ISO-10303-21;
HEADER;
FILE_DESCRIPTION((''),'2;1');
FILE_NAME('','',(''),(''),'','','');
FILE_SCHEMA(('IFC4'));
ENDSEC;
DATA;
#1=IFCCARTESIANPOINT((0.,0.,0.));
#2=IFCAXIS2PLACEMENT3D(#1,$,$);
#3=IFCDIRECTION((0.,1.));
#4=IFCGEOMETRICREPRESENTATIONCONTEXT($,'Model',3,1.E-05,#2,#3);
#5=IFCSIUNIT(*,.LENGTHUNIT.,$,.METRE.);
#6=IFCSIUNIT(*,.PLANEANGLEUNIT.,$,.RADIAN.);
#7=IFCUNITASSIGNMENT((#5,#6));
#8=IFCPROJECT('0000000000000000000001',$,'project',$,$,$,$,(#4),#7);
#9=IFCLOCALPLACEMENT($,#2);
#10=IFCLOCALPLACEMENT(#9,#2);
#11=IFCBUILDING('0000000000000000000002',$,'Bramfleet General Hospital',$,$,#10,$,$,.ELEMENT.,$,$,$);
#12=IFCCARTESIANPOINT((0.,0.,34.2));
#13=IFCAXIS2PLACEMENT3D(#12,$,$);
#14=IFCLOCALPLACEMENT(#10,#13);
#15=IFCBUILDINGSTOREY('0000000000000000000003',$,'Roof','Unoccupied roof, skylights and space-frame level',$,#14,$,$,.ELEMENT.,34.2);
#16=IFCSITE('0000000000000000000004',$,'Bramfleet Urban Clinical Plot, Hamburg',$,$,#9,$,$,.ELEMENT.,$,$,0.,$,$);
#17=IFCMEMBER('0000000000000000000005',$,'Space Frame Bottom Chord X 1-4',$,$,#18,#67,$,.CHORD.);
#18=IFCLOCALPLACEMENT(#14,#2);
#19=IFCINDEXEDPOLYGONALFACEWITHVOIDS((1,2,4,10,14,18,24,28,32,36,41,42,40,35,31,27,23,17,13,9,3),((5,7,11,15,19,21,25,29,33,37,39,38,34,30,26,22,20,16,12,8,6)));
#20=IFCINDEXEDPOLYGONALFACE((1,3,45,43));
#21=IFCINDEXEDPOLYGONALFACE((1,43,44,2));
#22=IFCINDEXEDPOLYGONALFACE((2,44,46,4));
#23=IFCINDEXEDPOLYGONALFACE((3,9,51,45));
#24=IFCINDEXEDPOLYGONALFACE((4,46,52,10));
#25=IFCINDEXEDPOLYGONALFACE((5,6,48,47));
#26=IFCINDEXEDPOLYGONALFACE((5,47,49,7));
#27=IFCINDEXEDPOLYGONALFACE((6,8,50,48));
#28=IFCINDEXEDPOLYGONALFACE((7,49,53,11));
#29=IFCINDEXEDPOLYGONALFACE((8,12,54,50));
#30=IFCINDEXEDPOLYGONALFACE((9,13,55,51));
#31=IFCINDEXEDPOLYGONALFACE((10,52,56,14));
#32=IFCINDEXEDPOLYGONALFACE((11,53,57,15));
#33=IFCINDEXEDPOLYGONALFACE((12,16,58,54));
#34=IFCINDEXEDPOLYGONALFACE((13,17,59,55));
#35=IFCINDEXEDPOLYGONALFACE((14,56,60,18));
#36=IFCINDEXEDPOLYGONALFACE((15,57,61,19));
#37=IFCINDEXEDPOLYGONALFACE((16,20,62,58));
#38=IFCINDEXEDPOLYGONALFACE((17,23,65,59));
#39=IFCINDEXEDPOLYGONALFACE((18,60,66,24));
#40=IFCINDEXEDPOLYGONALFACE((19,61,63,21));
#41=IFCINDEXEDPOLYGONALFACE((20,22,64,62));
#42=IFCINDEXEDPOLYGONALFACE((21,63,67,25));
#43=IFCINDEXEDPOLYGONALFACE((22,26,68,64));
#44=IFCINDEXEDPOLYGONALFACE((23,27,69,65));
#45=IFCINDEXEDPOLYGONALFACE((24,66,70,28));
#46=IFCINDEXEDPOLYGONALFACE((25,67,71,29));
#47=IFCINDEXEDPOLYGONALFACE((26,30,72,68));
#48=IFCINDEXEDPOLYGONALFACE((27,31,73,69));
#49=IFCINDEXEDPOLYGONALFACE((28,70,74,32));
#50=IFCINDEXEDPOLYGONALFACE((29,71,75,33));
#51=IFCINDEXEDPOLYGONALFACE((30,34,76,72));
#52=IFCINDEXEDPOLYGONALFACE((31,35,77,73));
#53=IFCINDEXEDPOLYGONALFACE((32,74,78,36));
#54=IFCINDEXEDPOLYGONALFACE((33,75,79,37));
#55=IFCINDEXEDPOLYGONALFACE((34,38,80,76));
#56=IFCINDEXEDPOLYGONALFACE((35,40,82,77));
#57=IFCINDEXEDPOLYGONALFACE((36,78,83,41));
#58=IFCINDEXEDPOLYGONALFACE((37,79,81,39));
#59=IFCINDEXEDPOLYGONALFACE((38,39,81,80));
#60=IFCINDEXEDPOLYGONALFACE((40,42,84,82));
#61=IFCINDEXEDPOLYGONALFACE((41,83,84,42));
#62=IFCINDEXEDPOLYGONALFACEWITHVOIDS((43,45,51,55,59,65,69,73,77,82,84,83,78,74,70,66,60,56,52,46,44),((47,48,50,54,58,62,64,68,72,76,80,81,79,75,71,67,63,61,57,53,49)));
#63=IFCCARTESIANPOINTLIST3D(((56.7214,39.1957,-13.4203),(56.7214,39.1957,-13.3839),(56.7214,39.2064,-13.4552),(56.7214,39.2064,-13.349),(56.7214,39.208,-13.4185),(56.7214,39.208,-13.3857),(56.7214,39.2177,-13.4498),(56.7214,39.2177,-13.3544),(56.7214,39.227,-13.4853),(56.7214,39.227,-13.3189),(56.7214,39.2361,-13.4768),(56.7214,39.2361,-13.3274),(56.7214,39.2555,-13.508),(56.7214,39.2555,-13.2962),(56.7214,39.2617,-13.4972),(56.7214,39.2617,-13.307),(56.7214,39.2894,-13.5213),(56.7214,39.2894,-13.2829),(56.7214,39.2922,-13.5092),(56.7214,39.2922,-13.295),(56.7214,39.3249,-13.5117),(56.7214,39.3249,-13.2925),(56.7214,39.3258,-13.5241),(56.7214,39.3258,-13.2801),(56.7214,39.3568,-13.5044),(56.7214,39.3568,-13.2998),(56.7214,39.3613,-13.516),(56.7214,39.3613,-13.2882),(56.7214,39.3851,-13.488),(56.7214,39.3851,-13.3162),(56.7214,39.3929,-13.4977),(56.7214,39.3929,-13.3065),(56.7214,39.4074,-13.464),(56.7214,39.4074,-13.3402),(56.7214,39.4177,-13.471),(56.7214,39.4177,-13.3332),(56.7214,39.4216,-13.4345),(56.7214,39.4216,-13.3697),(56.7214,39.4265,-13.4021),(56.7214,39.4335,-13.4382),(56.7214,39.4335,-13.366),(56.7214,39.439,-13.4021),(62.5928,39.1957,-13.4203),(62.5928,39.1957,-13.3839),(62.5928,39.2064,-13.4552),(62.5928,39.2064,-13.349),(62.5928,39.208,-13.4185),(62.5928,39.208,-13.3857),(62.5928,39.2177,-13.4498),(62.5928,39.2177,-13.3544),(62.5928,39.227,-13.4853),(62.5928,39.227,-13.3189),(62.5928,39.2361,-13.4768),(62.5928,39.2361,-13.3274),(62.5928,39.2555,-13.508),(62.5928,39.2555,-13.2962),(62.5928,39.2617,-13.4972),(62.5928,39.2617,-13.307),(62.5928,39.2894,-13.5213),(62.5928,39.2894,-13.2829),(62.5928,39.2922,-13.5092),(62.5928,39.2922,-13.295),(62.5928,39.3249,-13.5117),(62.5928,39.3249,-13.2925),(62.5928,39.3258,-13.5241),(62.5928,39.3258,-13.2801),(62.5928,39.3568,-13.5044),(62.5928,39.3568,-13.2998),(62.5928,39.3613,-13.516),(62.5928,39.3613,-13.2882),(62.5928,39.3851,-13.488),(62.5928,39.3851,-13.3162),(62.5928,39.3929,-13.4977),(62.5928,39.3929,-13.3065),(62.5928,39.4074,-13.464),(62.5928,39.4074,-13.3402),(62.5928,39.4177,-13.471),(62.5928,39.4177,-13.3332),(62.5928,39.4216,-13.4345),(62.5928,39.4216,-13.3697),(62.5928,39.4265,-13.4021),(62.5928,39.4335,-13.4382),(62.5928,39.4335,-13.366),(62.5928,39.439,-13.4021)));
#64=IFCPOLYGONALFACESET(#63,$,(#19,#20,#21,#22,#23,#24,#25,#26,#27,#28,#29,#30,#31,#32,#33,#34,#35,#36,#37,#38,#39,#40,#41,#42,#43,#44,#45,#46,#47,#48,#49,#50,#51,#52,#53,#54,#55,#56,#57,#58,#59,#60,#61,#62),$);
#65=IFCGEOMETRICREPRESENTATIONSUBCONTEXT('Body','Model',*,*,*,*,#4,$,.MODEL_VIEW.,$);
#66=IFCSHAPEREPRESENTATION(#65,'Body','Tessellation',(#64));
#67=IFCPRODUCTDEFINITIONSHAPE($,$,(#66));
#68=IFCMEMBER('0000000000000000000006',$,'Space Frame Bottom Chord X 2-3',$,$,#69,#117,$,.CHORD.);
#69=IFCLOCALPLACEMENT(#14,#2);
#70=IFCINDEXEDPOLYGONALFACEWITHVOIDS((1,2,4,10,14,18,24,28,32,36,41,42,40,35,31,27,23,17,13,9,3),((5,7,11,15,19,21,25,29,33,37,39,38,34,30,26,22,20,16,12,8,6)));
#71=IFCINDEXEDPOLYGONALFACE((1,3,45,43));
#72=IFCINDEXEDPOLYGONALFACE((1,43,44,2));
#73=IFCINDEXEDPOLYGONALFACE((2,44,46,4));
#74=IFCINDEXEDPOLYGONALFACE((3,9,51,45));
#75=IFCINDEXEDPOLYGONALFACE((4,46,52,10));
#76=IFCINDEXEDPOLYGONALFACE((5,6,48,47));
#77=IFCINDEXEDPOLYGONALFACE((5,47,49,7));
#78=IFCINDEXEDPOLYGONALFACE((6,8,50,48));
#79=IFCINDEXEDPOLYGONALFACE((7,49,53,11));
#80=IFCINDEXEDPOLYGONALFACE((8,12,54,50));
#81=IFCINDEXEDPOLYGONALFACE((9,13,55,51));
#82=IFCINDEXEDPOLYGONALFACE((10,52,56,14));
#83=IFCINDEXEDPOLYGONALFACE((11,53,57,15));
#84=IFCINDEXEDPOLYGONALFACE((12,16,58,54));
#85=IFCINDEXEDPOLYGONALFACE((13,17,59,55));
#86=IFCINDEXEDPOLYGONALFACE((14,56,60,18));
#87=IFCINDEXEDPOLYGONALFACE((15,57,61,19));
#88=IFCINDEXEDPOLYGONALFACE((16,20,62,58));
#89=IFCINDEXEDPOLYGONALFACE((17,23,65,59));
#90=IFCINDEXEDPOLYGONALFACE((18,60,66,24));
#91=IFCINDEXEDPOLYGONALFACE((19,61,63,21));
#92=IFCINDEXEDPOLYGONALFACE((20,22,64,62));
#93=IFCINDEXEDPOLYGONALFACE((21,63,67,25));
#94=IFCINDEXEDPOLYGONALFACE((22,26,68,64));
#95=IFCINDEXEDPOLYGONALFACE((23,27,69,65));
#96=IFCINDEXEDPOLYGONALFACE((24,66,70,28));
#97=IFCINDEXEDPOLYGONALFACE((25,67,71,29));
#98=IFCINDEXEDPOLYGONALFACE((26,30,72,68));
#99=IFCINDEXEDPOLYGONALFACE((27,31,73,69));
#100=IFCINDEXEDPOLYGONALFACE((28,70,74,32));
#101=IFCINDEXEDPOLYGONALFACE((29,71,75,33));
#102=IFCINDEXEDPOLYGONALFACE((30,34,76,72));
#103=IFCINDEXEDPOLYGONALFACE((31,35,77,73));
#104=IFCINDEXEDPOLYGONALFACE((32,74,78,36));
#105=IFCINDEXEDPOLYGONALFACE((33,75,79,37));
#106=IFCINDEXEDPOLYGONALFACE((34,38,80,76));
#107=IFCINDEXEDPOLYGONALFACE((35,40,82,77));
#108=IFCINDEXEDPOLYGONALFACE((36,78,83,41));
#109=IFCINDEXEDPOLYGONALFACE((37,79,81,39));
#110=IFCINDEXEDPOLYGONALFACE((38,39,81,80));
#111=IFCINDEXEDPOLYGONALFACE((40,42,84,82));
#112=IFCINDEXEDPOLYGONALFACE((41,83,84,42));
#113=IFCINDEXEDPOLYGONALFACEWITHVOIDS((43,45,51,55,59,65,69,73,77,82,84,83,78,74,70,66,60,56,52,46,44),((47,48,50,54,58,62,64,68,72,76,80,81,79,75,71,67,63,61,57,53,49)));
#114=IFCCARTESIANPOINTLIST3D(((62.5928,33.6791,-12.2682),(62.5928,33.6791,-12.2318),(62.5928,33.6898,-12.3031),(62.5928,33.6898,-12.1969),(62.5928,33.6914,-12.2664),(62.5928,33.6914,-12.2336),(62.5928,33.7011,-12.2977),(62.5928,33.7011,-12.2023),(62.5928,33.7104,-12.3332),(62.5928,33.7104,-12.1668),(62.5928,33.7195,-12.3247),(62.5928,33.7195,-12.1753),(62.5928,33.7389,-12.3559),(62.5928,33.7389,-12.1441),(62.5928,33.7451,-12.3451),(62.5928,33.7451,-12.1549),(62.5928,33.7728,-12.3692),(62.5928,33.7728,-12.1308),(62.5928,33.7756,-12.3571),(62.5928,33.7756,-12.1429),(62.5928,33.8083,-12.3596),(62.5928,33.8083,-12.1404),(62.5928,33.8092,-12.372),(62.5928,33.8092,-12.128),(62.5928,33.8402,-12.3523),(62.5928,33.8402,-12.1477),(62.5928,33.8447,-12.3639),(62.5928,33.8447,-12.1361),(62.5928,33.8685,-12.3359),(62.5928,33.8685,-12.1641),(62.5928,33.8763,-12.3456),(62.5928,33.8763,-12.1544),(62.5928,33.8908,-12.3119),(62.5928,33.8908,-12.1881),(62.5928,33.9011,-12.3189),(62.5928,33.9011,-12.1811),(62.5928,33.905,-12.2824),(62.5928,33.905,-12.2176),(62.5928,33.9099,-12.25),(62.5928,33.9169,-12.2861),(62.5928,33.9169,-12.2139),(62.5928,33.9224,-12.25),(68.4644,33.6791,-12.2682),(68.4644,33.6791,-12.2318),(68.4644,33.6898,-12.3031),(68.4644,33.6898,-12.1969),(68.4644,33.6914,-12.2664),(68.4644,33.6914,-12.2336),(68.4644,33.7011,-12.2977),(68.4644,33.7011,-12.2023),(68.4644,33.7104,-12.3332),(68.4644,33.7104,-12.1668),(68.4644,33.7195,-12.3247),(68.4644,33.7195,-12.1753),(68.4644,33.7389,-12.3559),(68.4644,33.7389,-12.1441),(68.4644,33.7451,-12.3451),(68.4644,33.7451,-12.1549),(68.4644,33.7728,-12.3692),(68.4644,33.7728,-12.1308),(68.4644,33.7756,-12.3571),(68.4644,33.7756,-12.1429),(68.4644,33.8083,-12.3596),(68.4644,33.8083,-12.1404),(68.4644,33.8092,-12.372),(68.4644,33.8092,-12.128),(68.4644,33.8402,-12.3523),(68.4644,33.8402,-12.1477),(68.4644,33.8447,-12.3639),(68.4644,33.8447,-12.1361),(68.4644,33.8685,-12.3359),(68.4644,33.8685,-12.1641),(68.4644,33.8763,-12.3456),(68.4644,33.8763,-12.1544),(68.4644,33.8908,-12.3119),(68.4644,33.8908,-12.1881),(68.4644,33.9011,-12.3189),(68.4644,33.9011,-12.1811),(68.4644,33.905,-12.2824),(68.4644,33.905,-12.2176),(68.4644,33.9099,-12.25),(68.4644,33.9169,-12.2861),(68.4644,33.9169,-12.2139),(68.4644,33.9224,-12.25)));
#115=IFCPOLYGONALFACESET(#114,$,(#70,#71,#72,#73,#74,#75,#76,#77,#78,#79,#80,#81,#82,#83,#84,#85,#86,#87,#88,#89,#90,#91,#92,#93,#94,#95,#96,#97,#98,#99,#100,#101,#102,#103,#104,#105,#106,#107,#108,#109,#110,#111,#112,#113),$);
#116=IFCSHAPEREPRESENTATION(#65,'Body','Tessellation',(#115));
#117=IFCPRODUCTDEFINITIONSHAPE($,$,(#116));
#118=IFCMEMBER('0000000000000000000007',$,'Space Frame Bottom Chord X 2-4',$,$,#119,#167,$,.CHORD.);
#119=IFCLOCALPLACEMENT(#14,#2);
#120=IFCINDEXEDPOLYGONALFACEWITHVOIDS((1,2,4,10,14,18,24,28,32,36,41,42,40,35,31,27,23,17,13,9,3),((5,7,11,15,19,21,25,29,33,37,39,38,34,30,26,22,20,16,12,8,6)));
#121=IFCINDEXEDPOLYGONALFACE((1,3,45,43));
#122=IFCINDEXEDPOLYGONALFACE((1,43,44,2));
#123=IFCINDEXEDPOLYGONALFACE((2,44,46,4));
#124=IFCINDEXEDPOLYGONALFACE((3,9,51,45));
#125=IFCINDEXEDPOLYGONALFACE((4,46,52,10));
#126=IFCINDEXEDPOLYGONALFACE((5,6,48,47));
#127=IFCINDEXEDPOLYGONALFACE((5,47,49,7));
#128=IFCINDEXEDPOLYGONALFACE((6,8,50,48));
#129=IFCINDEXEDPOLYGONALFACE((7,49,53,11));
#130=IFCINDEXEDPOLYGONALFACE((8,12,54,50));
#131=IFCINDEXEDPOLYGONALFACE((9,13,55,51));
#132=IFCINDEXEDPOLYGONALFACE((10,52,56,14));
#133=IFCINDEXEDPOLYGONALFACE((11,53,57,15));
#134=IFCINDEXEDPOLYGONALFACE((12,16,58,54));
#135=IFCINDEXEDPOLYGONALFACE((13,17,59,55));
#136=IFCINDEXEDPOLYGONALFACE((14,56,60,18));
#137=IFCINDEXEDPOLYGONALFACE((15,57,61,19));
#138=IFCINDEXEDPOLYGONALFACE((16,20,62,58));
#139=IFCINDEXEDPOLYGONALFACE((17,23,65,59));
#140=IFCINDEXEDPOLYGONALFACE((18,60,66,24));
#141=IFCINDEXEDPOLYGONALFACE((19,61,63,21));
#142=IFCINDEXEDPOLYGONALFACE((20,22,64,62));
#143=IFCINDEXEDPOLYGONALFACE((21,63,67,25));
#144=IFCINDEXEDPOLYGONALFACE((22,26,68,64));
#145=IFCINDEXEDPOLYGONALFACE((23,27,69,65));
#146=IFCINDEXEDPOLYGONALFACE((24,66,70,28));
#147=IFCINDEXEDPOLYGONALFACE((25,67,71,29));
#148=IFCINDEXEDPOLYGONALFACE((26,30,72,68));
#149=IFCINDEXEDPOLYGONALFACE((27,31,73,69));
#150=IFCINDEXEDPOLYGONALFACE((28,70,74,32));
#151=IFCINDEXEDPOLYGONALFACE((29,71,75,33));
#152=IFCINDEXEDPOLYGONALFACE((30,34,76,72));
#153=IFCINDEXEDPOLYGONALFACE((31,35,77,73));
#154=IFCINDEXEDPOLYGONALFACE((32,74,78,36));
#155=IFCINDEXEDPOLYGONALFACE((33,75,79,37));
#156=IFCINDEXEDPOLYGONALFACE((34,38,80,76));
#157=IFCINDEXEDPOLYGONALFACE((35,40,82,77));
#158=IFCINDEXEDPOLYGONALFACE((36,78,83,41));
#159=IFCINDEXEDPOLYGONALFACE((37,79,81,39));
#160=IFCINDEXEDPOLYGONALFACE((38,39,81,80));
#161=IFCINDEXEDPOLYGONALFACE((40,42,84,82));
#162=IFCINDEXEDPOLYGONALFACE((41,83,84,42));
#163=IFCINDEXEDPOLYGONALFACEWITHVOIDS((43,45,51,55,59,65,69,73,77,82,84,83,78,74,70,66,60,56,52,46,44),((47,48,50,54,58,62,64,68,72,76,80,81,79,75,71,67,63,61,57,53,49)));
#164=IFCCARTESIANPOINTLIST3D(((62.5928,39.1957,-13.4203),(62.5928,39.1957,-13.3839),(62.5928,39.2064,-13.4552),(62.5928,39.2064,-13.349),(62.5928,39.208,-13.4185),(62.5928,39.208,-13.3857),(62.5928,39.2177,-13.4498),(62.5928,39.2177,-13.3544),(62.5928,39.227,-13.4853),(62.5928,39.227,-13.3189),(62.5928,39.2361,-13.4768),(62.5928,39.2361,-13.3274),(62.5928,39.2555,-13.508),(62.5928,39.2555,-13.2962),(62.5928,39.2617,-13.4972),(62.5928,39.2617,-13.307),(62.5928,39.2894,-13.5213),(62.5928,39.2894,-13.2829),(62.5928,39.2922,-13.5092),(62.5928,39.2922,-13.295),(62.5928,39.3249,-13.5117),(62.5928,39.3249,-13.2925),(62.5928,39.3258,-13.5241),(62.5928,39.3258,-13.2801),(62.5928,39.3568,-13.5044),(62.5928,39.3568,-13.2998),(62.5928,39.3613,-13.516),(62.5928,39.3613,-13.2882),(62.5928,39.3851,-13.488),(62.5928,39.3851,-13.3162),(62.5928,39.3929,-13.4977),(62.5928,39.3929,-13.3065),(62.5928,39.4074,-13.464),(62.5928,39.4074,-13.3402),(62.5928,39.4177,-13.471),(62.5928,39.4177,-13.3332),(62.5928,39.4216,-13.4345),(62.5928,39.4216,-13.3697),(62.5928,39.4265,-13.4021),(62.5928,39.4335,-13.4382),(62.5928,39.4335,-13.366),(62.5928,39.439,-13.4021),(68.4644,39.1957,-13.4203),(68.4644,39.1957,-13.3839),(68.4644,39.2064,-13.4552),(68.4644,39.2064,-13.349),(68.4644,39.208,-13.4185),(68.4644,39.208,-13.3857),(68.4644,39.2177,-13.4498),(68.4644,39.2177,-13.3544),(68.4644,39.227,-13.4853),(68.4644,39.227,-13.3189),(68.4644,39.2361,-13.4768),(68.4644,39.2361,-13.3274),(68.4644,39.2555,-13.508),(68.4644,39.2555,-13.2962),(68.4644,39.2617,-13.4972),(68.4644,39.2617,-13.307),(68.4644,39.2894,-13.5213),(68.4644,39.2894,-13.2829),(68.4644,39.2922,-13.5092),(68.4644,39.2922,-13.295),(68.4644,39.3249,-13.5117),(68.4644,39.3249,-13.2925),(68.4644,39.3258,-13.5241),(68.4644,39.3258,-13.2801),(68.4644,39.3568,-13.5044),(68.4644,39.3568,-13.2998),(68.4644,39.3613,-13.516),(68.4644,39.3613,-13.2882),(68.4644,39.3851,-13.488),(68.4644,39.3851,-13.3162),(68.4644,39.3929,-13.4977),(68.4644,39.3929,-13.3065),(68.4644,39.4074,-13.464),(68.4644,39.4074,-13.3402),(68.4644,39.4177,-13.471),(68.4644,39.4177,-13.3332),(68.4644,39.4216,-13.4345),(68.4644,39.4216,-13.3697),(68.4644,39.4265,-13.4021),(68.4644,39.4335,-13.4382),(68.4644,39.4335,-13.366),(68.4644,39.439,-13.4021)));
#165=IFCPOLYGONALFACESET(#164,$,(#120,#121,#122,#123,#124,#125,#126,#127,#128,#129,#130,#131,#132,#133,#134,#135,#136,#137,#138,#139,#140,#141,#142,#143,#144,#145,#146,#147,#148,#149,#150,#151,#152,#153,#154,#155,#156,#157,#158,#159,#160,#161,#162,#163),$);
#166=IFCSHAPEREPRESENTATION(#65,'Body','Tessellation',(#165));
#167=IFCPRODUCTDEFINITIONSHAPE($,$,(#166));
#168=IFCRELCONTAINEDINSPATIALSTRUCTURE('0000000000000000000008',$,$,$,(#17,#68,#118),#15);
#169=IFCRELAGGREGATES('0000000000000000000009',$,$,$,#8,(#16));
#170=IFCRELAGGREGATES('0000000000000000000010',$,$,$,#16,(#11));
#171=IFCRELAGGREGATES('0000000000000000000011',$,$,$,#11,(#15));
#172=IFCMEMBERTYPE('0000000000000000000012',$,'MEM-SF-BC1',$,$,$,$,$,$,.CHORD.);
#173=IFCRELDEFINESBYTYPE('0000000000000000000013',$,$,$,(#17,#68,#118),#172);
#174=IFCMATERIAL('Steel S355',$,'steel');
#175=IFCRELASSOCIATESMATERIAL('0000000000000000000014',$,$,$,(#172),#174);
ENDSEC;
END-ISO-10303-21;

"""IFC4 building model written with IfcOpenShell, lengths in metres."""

from ifc_helpers import new_model, si_unit, direction, frame, origin, origin_2d, place, context, subcontext, project, spatial, hollow_circle, extrude, material, material_profile, profile_set, type_object, element, save


model = new_model("IFC4")

# Units and contexts
model_context = context("Model", 3, precision=1e-05, world=origin(), true_north=direction((0.0, 1.0)))
body_context = subcontext(model_context, "Body", "Model", "MODEL_VIEW")
ifc_project = project(units=[si_unit("LENGTHUNIT", "METRE"), si_unit("PLANEANGLEUNIT", "RADIAN")], contexts=[model_context])

# Site, building, storey
site_placement = place(None, origin())
site = spatial("IfcSite", under=ifc_project, at=site_placement, Name="Bramfleet Urban Clinical Plot, Hamburg", CompositionType="ELEMENT", RefElevation=0.0)
building_placement = place(site_placement, origin())
building = spatial("IfcBuilding", under=site, at=building_placement, Name="Bramfleet General Hospital", CompositionType="ELEMENT")
storey_placement = place(building_placement, frame((0.0, 0.0, 34.2)))
storey = spatial("IfcBuildingStorey", under=building, at=storey_placement, Name="Roof", Description="Unoccupied roof, skylights and space-frame level", CompositionType="ELEMENT", Elevation=34.2)

# Members
ifc_material = material(Name="Steel S355", Category="steel")
ifc_material_profile_1 = material_profile(ifc_material, hollow_circle(Radius=0.1223, WallThickness=0.0125, at=origin_2d()), Name="CHS 244.5x12.5")
ifc_profile_set_1 = profile_set([ifc_material_profile_1], Name="Steel S355")
member_type_1 = type_object("IfcMemberType", Name="MEM-SF-BC1", PredefinedType="CHORD", material=ifc_profile_set_1)
member_1_placement = place(storey_placement, frame((56.7214, 39.3167, -13.4021), z_axis=(1.0, 0.0, 0.0), x_axis=(0.0, 1.0, 0.0)))
element("IfcMember", 1, at=member_1_placement, inside=storey, type_object=member_type_1, Name="Space Frame Bottom Chord X 1-4", PredefinedType="CHORD", context=body_context, shape_type="SweptSolid", body=[
    extrude(hollow_circle(Radius=0.1223, WallThickness=0.0125, at=origin_2d()), origin(), (0.0, 0.0, 1.0), 5.8713),
])
for number, where, z_axis, x_axis, name in (
    (2, (62.5928, 33.8, -12.25), (1.0, 0.0, 0.0), (0.0, 1.0, 0.0), "Space Frame Bottom Chord X 2-3"),
    (3, (62.5928, 39.3167, -13.4021), (1.0, 0.0, 0.0), (0.0, 1.0, 0.0), "Space Frame Bottom Chord X 2-4"),
):
    element("IfcMember", number, at=place(storey_placement, frame(where, z_axis=z_axis, x_axis=x_axis)), inside=storey, type_object=member_type_1, Name=name, PredefinedType="CHORD", context=body_context, shape_type="SweptSolid", body=[
        extrude(hollow_circle(Radius=0.1223, WallThickness=0.0125, at=origin_2d()), origin(), (0.0, 0.0, 1.0), 5.8716),
    ])

save(model, "model.ifc")
